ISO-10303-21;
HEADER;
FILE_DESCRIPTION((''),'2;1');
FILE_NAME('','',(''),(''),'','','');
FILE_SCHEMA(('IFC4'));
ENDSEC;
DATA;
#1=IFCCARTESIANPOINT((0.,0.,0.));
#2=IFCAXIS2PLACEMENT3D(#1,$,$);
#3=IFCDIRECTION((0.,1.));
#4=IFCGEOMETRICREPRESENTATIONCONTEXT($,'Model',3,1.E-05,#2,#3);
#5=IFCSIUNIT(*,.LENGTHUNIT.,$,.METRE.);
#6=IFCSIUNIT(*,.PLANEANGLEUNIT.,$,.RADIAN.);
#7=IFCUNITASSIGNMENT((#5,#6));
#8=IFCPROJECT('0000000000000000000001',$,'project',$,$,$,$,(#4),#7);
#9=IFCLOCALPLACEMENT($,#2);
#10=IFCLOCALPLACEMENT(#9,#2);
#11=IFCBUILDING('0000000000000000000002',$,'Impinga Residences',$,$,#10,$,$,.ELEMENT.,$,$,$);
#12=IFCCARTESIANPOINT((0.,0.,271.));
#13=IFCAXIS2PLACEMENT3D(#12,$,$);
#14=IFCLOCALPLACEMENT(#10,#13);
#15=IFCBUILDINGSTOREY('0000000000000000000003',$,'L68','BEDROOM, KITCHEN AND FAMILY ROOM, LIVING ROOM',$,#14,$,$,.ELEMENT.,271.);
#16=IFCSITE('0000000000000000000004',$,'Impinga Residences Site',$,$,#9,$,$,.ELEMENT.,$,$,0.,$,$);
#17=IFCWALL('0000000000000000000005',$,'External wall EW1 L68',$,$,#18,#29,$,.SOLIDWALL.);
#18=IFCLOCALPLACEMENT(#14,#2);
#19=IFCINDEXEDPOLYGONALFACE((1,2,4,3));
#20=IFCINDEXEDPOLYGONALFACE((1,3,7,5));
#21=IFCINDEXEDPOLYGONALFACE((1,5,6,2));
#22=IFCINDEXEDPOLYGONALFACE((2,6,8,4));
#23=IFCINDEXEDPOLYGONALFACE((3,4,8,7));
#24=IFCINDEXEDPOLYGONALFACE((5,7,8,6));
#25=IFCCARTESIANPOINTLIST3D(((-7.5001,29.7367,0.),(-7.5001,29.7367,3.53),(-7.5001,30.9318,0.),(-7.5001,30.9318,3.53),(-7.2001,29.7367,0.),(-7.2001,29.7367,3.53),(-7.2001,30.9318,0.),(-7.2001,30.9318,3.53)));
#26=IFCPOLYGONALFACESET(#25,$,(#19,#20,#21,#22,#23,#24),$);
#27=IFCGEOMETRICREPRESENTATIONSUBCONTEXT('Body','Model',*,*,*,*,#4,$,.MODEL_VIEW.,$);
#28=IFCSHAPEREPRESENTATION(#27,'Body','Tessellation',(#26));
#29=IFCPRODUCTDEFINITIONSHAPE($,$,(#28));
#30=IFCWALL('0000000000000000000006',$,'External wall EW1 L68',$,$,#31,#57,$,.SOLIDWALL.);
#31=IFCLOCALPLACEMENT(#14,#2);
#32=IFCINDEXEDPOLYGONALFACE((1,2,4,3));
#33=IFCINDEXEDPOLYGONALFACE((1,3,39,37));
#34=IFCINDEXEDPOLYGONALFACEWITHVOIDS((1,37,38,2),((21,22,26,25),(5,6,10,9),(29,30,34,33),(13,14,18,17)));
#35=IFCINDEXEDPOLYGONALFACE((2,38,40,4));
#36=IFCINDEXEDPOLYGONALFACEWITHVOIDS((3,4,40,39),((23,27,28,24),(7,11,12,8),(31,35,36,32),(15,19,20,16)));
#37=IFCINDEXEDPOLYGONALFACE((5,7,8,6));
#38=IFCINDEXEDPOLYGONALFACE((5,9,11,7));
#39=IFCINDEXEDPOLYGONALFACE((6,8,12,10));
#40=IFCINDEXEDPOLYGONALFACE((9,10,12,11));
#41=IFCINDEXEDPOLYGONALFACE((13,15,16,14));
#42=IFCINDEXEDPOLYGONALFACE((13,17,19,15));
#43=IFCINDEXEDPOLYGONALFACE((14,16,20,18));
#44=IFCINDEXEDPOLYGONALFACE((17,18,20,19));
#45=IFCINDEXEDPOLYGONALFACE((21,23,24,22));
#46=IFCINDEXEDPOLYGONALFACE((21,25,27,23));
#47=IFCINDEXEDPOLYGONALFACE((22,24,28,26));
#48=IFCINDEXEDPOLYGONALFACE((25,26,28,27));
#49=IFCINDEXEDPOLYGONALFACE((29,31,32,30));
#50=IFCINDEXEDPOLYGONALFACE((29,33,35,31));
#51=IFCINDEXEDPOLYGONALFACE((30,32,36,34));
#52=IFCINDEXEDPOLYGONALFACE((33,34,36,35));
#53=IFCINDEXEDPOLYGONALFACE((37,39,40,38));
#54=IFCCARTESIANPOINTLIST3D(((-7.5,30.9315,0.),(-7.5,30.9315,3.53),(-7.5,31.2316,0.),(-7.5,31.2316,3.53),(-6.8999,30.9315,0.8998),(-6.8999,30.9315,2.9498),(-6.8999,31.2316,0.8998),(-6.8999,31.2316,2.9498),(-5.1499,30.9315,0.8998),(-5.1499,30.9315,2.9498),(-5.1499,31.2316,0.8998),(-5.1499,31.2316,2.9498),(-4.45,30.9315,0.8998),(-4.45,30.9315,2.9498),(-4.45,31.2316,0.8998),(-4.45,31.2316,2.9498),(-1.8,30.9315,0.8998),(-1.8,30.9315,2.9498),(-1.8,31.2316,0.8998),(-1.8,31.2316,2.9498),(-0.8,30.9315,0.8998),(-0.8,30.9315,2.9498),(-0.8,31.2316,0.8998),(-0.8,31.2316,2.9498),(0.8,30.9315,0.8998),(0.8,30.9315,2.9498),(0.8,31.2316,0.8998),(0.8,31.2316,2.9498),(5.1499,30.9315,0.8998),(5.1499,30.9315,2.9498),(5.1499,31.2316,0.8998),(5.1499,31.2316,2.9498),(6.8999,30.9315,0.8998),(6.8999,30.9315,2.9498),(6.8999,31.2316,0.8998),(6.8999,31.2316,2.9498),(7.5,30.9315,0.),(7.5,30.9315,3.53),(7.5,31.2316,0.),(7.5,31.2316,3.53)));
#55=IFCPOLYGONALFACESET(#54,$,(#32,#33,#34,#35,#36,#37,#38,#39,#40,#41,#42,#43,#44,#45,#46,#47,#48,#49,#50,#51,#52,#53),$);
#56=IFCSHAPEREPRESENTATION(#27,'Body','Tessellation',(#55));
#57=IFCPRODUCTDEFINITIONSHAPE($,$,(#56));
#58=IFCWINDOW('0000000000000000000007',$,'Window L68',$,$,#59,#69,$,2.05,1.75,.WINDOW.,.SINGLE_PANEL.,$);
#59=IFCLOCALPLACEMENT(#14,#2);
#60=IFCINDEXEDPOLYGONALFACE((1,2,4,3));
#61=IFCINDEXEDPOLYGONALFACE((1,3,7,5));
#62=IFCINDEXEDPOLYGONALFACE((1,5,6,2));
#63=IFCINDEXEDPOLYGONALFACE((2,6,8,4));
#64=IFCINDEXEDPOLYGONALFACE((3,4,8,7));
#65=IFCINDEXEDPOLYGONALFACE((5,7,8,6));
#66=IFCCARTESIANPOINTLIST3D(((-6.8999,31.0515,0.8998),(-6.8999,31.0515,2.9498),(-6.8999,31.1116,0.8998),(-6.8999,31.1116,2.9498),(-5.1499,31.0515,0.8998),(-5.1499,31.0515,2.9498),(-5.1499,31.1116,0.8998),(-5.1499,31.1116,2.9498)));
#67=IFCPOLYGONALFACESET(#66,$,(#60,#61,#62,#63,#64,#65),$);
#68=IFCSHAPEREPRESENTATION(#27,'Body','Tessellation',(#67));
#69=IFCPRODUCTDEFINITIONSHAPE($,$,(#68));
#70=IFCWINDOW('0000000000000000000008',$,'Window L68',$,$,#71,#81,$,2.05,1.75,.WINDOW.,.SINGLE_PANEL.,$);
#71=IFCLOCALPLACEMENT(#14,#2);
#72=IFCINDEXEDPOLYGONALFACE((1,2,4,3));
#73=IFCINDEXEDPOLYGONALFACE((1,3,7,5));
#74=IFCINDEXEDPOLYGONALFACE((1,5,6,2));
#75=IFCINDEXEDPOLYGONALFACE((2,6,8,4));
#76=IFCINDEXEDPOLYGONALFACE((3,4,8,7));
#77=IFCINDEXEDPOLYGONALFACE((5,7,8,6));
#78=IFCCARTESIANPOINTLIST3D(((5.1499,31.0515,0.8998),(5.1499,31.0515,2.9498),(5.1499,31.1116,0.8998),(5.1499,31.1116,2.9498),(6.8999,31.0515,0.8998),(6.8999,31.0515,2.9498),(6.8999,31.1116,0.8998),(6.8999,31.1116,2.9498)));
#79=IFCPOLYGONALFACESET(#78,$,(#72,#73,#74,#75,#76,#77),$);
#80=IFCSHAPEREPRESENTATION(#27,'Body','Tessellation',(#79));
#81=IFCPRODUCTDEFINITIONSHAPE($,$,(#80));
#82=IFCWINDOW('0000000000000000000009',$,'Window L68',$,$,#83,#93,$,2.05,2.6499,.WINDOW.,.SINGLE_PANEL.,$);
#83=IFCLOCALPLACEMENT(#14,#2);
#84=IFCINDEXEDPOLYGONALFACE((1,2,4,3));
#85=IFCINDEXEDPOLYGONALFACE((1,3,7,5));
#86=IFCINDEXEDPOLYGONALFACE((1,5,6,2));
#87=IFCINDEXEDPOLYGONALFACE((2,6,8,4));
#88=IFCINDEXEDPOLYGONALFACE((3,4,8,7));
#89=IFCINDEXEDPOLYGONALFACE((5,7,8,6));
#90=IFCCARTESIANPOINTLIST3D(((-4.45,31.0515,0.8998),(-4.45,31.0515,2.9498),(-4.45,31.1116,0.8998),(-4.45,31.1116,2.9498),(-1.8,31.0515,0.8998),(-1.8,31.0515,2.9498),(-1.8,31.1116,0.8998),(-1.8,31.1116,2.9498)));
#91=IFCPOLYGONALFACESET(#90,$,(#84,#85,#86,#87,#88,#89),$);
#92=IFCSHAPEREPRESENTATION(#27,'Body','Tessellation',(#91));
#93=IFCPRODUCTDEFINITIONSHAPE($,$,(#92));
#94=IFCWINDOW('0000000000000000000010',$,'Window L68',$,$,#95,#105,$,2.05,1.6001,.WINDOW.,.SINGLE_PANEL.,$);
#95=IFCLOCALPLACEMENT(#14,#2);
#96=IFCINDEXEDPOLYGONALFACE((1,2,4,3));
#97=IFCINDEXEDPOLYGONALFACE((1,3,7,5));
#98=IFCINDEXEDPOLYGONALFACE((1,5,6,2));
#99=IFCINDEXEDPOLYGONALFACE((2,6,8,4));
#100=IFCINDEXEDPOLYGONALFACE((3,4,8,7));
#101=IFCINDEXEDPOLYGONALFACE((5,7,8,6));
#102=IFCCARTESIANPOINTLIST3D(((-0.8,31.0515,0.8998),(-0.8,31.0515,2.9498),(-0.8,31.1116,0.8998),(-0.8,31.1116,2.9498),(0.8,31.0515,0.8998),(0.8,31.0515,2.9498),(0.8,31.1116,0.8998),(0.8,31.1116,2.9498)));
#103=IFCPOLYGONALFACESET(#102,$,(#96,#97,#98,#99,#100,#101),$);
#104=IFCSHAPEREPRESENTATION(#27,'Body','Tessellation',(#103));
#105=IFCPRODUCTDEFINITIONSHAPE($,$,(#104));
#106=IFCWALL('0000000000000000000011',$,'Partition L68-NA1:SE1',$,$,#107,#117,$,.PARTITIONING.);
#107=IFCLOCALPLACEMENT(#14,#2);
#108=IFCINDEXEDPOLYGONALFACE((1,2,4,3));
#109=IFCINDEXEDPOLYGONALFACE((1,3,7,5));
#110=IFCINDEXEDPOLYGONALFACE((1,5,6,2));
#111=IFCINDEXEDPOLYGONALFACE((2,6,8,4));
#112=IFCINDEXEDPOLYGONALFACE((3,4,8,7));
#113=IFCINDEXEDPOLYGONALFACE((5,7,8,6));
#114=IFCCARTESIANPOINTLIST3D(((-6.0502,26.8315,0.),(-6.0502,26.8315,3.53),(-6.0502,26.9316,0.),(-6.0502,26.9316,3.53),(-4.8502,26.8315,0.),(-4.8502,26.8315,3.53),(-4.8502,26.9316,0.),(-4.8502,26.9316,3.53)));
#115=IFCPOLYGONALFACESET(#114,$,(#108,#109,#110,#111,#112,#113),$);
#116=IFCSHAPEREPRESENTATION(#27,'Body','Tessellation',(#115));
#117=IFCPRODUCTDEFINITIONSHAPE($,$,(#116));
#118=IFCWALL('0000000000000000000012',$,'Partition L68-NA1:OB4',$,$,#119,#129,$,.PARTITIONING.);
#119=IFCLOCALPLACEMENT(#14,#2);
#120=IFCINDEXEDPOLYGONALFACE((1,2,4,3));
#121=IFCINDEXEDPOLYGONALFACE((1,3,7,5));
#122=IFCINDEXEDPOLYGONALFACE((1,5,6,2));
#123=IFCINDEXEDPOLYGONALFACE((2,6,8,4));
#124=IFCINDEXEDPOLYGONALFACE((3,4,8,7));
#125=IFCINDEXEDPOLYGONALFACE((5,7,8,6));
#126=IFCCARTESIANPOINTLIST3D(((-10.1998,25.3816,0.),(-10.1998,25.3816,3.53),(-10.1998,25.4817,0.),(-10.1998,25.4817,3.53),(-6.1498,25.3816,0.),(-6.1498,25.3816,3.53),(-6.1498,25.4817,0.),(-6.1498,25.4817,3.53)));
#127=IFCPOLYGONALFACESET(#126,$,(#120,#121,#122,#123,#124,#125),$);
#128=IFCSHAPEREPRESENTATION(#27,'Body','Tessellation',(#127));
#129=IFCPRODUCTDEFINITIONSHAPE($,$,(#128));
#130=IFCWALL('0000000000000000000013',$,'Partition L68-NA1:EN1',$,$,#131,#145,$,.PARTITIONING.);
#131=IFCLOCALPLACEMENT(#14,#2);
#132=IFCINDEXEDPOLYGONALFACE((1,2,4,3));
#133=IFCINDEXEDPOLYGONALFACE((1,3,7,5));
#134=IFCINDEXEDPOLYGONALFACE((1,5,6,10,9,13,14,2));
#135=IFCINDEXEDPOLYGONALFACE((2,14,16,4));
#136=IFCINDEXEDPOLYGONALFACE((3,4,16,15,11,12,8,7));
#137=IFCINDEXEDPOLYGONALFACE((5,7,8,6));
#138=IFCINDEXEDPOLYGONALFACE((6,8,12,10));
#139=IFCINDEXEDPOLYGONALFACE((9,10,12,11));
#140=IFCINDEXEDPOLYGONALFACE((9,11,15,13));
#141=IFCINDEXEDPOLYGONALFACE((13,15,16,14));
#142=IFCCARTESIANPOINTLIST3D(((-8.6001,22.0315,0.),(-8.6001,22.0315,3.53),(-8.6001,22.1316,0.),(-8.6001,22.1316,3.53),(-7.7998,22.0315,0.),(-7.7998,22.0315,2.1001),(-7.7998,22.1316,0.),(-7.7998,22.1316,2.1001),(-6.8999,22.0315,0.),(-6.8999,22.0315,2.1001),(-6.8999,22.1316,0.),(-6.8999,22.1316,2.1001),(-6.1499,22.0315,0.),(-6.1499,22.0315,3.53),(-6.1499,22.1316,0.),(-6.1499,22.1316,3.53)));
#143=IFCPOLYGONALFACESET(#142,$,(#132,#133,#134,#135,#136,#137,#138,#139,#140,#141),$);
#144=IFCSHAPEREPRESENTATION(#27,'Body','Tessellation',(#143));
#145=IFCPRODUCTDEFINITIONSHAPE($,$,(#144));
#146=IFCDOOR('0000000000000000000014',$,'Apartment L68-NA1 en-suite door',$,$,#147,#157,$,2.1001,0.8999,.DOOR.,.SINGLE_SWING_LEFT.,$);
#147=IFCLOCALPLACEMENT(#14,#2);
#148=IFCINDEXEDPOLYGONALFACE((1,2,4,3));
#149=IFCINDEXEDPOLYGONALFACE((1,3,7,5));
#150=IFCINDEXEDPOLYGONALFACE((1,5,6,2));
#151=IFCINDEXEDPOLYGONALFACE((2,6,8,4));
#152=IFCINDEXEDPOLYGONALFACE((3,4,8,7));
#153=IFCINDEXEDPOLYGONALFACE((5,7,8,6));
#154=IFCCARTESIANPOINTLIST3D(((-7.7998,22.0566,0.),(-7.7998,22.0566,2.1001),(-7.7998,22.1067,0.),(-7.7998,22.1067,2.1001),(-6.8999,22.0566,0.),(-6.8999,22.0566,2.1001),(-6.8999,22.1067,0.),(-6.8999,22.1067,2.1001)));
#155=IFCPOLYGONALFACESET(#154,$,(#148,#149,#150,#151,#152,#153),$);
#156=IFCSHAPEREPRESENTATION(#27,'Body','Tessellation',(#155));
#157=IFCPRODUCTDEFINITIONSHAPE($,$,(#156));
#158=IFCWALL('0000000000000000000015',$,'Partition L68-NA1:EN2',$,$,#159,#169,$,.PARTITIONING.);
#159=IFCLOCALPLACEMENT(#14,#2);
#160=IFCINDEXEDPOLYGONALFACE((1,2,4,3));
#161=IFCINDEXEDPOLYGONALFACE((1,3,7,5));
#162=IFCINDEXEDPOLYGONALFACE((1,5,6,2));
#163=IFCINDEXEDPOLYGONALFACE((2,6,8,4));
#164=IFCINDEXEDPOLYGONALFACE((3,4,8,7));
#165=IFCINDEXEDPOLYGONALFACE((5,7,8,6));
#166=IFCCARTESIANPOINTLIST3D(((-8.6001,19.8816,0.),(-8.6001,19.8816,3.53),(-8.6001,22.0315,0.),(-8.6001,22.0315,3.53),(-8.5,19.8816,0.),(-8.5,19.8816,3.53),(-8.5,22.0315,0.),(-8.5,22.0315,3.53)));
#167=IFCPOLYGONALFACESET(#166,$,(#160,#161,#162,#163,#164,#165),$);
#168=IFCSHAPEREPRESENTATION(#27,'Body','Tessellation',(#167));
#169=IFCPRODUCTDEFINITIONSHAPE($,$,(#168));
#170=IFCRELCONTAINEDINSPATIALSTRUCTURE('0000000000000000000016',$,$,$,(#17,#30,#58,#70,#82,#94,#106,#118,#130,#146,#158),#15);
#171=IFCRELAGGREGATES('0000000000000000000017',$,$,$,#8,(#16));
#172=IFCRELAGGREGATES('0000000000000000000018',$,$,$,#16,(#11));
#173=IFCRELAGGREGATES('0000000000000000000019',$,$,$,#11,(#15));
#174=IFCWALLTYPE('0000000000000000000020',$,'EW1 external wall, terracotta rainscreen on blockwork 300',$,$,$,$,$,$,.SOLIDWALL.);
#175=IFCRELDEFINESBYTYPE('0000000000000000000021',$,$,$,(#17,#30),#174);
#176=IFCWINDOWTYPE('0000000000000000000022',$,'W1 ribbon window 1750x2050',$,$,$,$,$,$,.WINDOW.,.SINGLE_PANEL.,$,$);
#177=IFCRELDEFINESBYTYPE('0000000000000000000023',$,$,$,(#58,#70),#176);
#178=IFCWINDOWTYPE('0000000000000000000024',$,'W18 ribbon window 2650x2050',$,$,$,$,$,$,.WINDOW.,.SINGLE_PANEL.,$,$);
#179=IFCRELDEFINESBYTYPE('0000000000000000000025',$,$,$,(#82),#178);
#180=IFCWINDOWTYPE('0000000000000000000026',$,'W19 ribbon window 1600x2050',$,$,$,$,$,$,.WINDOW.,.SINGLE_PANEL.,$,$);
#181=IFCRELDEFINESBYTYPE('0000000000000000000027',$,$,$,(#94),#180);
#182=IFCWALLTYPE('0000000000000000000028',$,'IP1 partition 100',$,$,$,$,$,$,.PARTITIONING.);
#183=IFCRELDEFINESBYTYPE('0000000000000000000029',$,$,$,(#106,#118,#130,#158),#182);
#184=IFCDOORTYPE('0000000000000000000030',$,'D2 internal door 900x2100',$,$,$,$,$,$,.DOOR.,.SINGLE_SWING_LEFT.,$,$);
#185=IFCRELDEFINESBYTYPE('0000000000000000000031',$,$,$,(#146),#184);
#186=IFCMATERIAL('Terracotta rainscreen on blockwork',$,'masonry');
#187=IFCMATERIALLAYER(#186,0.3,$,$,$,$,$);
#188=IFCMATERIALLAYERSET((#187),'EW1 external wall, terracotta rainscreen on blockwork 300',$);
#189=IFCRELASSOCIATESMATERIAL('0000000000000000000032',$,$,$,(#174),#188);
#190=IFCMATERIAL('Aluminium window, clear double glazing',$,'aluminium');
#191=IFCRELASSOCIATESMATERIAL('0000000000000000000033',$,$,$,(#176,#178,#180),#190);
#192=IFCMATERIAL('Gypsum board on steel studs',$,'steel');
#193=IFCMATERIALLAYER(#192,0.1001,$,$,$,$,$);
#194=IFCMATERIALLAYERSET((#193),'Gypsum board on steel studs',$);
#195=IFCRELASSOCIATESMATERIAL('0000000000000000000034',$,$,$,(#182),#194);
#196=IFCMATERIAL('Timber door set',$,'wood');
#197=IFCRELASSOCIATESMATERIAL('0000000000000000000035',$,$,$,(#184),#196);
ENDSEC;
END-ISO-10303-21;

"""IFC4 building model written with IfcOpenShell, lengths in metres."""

from ifc_helpers import new_model, si_unit, direction, frame, frame_2d, origin, place, context, subcontext, project, spatial, rectangle, extrude, material, layer, layer_set, type_object, element, fill, save


model = new_model("IFC4")

# Units and contexts
model_context = context("Model", 3, precision=1e-05, world=origin(), true_north=direction((0.0, 1.0)))
body_context = subcontext(model_context, "Body", "Model", "MODEL_VIEW")
ifc_project = project(units=[si_unit("LENGTHUNIT", "METRE"), si_unit("PLANEANGLEUNIT", "RADIAN")], contexts=[model_context])

# Site, building, storey
site_placement = place(None, origin())
site = spatial("IfcSite", under=ifc_project, at=site_placement, Name="Impinga Residences Site", CompositionType="ELEMENT", RefElevation=0.0)
building_placement = place(site_placement, origin())
building = spatial("IfcBuilding", under=site, at=building_placement, Name="Impinga Residences", CompositionType="ELEMENT")
storey_placement = place(building_placement, frame((0.0, 0.0, 271.0)))
storey = spatial("IfcBuildingStorey", under=building, at=storey_placement, Name="L68", Description="BEDROOM, KITCHEN AND FAMILY ROOM, LIVING ROOM", CompositionType="ELEMENT", Elevation=271.0)

# Shared definitions
ifc_material_1 = material(Name="Timber door set", Category="wood")

# Wall
ifc_material_2 = material(Name="Terracotta rainscreen on blockwork", Category="masonry")
ifc_layer_1 = layer(ifc_material_2, 0.3)
ifc_layer_set_1 = layer_set([ifc_layer_1], Name="EW1 external wall, terracotta rainscreen on blockwork 300")
wall_type_1 = type_object("IfcWallType", Name="EW1 external wall, terracotta rainscreen on blockwork 300", PredefinedType="SOLIDWALL", material=ifc_layer_set_1)
wall_1_placement = place(storey_placement, frame((-7.3501, 29.7366, 0.0), z_axis=(0.0, 0.0, 1.0), x_axis=(0.0, 1.0, 0.0)))
element("IfcWall", 1, at=wall_1_placement, inside=storey, type_object=wall_type_1, Name="External wall EW1 L68", PredefinedType="SOLIDWALL", context=body_context, shape_type="SweptSolid", body=[
    extrude(rectangle(XDim=1.1951, YDim=0.3, at=frame_2d((0.5977, 0.0))), origin(), (0.0, 0.0, 1.0), 3.53),
])

# Wall, openings, windows
wall_2_placement = place(storey_placement, frame((-7.5, 31.0815, 0.0), z_axis=(0.0, 0.0, 1.0), x_axis=(1.0, 0.0, 0.0)))
wall_2 = element("IfcWall", 2, at=wall_2_placement, inside=storey, type_object=wall_type_1, Name="External wall EW1 L68", PredefinedType="SOLIDWALL", context=body_context, shape_type="SweptSolid", body=[
    extrude(rectangle(XDim=15.0, YDim=0.3, at=frame_2d((7.5, 0.0))), origin(), (0.0, 0.0, 1.0), 3.53),
])
opening_1_placement = place(wall_2_placement, frame((0.6001, 0.0, 0.8999)))
opening_1 = element("IfcOpeningElement", 3, at=opening_1_placement, cuts=wall_2, PredefinedType="OPENING", context=body_context, shape_type="SweptSolid", body=[
    extrude(rectangle(XDim=1.75, YDim=2.05, at=frame_2d((0.875, 1.0249))), frame((0.0, 0.1599, 0.0), z_axis=(0.0, -1.0, 0.0), x_axis=(1.0, 0.0, 0.0)), (0.0, 0.0, 1.0), 0.3201),
])
opening_2_placement = place(wall_2_placement, frame((3.05, 0.0, 0.8999)))
opening_2 = element("IfcOpeningElement", 4, at=opening_2_placement, cuts=wall_2, PredefinedType="OPENING", context=body_context, shape_type="SweptSolid", body=[
    extrude(rectangle(XDim=2.6499, YDim=2.05, at=frame_2d((1.325, 1.0249))), frame((0.0, 0.1599, 0.0), z_axis=(0.0, -1.0, 0.0), x_axis=(1.0, 0.0, 0.0)), (0.0, 0.0, 1.0), 0.3201),
])
opening_3_placement = place(wall_2_placement, frame((6.7, 0.0, 0.8999)))
opening_3 = element("IfcOpeningElement", 5, at=opening_3_placement, cuts=wall_2, PredefinedType="OPENING", context=body_context, shape_type="SweptSolid", body=[
    extrude(rectangle(XDim=1.6001, YDim=2.05, at=frame_2d((0.8, 1.0249))), frame((0.0, 0.1599, 0.0), z_axis=(0.0, -1.0, 0.0), x_axis=(1.0, 0.0, 0.0)), (0.0, 0.0, 1.0), 0.3201),
])
opening_4_placement = place(wall_2_placement, frame((12.6499, 0.0, 0.8999)))
opening_4 = element("IfcOpeningElement", 6, at=opening_4_placement, cuts=wall_2, PredefinedType="OPENING", context=body_context, shape_type="SweptSolid", body=[
    extrude(rectangle(XDim=1.75, YDim=2.05, at=frame_2d((0.875, 1.0249))), frame((0.0, 0.1599, 0.0), z_axis=(0.0, -1.0, 0.0), x_axis=(1.0, 0.0, 0.0)), (0.0, 0.0, 1.0), 0.3201),
])
ifc_material_3 = material(Name="Aluminium window, clear double glazing", Category="aluminium")
window_type_1 = type_object("IfcWindowType", Name="W1 ribbon window 1750x2050", PartitioningType="SINGLE_PANEL", PredefinedType="WINDOW", material=ifc_material_3)
window_1_placement = place(opening_1_placement, origin())
window_1 = element("IfcWindow", 7, at=window_1_placement, inside=storey, type_object=window_type_1, Name="Window L68", OverallHeight=2.05, OverallWidth=1.75, PartitioningType="SINGLE_PANEL", PredefinedType="WINDOW", context=body_context, shape_type="SweptSolid", body=[
    extrude(rectangle(XDim=1.75, YDim=2.05, at=frame_2d((0.875, 1.0249))), frame((0.0, 0.03, 0.0), z_axis=(0.0, -1.0, 0.0), x_axis=(1.0, 0.0, 0.0)), (0.0, 0.0, 1.0), 0.0601),
])
fill(opening_1, window_1)
window_2_placement = place(opening_4_placement, origin())
window_2 = element("IfcWindow", 8, at=window_2_placement, inside=storey, type_object=window_type_1, Name="Window L68", OverallHeight=2.05, OverallWidth=1.75, PartitioningType="SINGLE_PANEL", PredefinedType="WINDOW", context=body_context, shape_type="SweptSolid", body=[
    extrude(rectangle(XDim=1.75, YDim=2.05, at=frame_2d((0.875, 1.0249))), frame((0.0, 0.03, 0.0), z_axis=(0.0, -1.0, 0.0), x_axis=(1.0, 0.0, 0.0)), (0.0, 0.0, 1.0), 0.0601),
])
fill(opening_4, window_2)
window_type_2 = type_object("IfcWindowType", Name="W18 ribbon window 2650x2050", PartitioningType="SINGLE_PANEL", PredefinedType="WINDOW", material=ifc_material_3)
window_3_placement = place(opening_2_placement, origin())
window_3 = element("IfcWindow", 9, at=window_3_placement, inside=storey, type_object=window_type_2, Name="Window L68", OverallHeight=2.05, OverallWidth=2.6499, PartitioningType="SINGLE_PANEL", PredefinedType="WINDOW", context=body_context, shape_type="SweptSolid", body=[
    extrude(rectangle(XDim=2.6499, YDim=2.05, at=frame_2d((1.325, 1.0249))), frame((0.0, 0.03, 0.0), z_axis=(0.0, -1.0, 0.0), x_axis=(1.0, 0.0, 0.0)), (0.0, 0.0, 1.0), 0.0601),
])
fill(opening_2, window_3)
window_type_3 = type_object("IfcWindowType", Name="W19 ribbon window 1600x2050", PartitioningType="SINGLE_PANEL", PredefinedType="WINDOW", material=ifc_material_3)
window_4_placement = place(opening_3_placement, origin())
window_4 = element("IfcWindow", 10, at=window_4_placement, inside=storey, type_object=window_type_3, Name="Window L68", OverallHeight=2.05, OverallWidth=1.6001, PartitioningType="SINGLE_PANEL", PredefinedType="WINDOW", context=body_context, shape_type="SweptSolid", body=[
    extrude(rectangle(XDim=1.6001, YDim=2.05, at=frame_2d((0.8, 1.0249))), frame((0.0, 0.03, 0.0), z_axis=(0.0, -1.0, 0.0), x_axis=(1.0, 0.0, 0.0)), (0.0, 0.0, 1.0), 0.0601),
])
fill(opening_3, window_4)

# Walls
ifc_material_4 = material(Name="Gypsum board on steel studs", Category="steel")
ifc_layer_2 = layer(ifc_material_4, 0.1001)
ifc_layer_set_2 = layer_set([ifc_layer_2], Name="Gypsum board on steel studs")
wall_type_2 = type_object("IfcWallType", Name="IP1 partition 100", PredefinedType="PARTITIONING", material=ifc_layer_set_2)
wall_3_placement = place(storey_placement, frame((-4.8501, 26.8816, 0.0), z_axis=(0.0, 0.0, 1.0), x_axis=(-1.0, 0.0, 0.0)))
element("IfcWall", 11, at=wall_3_placement, inside=storey, type_object=wall_type_2, Name="Partition L68-NA1:SE1", PredefinedType="PARTITIONING", context=body_context, shape_type="SweptSolid", body=[
    extrude(rectangle(XDim=1.2, YDim=0.1001, at=frame_2d((0.6001, 0.0))), origin(), (0.0, 0.0, 1.0), 3.53),
])
wall_4_placement = place(storey_placement, frame((-6.1499, 25.4316, 0.0), z_axis=(0.0, 0.0, 1.0), x_axis=(-1.0, 0.0, 0.0)))
element("IfcWall", 12, at=wall_4_placement, inside=storey, type_object=wall_type_2, Name="Partition L68-NA1:OB4", PredefinedType="PARTITIONING", context=body_context, shape_type="SweptSolid", body=[
    extrude(rectangle(XDim=4.05, YDim=0.1001, at=frame_2d((2.0249, 0.0))), origin(), (0.0, 0.0, 1.0), 3.53),
])

# Wall, opening, door
wall_5_placement = place(storey_placement, frame((-6.1499, 22.0815, 0.0), z_axis=(0.0, 0.0, 1.0), x_axis=(-1.0, 0.0, 0.0)))
wall_5 = element("IfcWall", 13, at=wall_5_placement, inside=storey, type_object=wall_type_2, Name="Partition L68-NA1:EN1", PredefinedType="PARTITIONING", context=body_context, shape_type="SweptSolid", body=[
    extrude(rectangle(XDim=2.4502, YDim=0.1001, at=frame_2d((1.2251, 0.0))), origin(), (0.0, 0.0, 1.0), 3.53),
])
opening_5_placement = place(wall_5_placement, frame((0.75, 0.0, 0.0)))
opening_5 = element("IfcOpeningElement", 14, at=opening_5_placement, cuts=wall_5, PredefinedType="OPENING", context=body_context, shape_type="SweptSolid", body=[
    extrude(rectangle(XDim=0.8999, YDim=2.1001, at=frame_2d((0.45, 1.05))), frame((0.0, 0.0601, 0.0), z_axis=(0.0, -1.0, 0.0), x_axis=(1.0, 0.0, 0.0)), (0.0, 0.0, 1.0), 0.1201),
])
door_type_1 = type_object("IfcDoorType", Name="D2 internal door 900x2100", OperationType="SINGLE_SWING_LEFT", PredefinedType="DOOR", material=ifc_material_1)
door_1_placement = place(opening_5_placement, origin())
door_1 = element("IfcDoor", 15, at=door_1_placement, inside=storey, type_object=door_type_1, Name="Apartment L68-NA1 en-suite door", OperationType="SINGLE_SWING_LEFT", OverallHeight=2.1001, OverallWidth=0.8999, PredefinedType="DOOR", context=body_context, shape_type="SweptSolid", body=[
    extrude(rectangle(XDim=0.8999, YDim=2.1001, at=frame_2d((0.45, 1.05))), frame((0.0, 0.0249, 0.0), z_axis=(0.0, -1.0, 0.0), x_axis=(1.0, 0.0, 0.0)), (0.0, 0.0, 1.0), 0.05),
])
fill(opening_5, door_1)

# Wall
wall_6_placement = place(storey_placement, frame((-8.55, 19.8816, 0.0), z_axis=(0.0, 0.0, 1.0), x_axis=(0.0, 1.0, 0.0)))
element("IfcWall", 16, at=wall_6_placement, inside=storey, type_object=wall_type_2, Name="Partition L68-NA1:EN2", PredefinedType="PARTITIONING", context=body_context, shape_type="SweptSolid", body=[
    extrude(rectangle(XDim=2.1499, YDim=0.1001, at=frame_2d((1.075, 0.0))), origin(), (0.0, 0.0, 1.0), 3.53),
])

save(model, "model.ifc")
